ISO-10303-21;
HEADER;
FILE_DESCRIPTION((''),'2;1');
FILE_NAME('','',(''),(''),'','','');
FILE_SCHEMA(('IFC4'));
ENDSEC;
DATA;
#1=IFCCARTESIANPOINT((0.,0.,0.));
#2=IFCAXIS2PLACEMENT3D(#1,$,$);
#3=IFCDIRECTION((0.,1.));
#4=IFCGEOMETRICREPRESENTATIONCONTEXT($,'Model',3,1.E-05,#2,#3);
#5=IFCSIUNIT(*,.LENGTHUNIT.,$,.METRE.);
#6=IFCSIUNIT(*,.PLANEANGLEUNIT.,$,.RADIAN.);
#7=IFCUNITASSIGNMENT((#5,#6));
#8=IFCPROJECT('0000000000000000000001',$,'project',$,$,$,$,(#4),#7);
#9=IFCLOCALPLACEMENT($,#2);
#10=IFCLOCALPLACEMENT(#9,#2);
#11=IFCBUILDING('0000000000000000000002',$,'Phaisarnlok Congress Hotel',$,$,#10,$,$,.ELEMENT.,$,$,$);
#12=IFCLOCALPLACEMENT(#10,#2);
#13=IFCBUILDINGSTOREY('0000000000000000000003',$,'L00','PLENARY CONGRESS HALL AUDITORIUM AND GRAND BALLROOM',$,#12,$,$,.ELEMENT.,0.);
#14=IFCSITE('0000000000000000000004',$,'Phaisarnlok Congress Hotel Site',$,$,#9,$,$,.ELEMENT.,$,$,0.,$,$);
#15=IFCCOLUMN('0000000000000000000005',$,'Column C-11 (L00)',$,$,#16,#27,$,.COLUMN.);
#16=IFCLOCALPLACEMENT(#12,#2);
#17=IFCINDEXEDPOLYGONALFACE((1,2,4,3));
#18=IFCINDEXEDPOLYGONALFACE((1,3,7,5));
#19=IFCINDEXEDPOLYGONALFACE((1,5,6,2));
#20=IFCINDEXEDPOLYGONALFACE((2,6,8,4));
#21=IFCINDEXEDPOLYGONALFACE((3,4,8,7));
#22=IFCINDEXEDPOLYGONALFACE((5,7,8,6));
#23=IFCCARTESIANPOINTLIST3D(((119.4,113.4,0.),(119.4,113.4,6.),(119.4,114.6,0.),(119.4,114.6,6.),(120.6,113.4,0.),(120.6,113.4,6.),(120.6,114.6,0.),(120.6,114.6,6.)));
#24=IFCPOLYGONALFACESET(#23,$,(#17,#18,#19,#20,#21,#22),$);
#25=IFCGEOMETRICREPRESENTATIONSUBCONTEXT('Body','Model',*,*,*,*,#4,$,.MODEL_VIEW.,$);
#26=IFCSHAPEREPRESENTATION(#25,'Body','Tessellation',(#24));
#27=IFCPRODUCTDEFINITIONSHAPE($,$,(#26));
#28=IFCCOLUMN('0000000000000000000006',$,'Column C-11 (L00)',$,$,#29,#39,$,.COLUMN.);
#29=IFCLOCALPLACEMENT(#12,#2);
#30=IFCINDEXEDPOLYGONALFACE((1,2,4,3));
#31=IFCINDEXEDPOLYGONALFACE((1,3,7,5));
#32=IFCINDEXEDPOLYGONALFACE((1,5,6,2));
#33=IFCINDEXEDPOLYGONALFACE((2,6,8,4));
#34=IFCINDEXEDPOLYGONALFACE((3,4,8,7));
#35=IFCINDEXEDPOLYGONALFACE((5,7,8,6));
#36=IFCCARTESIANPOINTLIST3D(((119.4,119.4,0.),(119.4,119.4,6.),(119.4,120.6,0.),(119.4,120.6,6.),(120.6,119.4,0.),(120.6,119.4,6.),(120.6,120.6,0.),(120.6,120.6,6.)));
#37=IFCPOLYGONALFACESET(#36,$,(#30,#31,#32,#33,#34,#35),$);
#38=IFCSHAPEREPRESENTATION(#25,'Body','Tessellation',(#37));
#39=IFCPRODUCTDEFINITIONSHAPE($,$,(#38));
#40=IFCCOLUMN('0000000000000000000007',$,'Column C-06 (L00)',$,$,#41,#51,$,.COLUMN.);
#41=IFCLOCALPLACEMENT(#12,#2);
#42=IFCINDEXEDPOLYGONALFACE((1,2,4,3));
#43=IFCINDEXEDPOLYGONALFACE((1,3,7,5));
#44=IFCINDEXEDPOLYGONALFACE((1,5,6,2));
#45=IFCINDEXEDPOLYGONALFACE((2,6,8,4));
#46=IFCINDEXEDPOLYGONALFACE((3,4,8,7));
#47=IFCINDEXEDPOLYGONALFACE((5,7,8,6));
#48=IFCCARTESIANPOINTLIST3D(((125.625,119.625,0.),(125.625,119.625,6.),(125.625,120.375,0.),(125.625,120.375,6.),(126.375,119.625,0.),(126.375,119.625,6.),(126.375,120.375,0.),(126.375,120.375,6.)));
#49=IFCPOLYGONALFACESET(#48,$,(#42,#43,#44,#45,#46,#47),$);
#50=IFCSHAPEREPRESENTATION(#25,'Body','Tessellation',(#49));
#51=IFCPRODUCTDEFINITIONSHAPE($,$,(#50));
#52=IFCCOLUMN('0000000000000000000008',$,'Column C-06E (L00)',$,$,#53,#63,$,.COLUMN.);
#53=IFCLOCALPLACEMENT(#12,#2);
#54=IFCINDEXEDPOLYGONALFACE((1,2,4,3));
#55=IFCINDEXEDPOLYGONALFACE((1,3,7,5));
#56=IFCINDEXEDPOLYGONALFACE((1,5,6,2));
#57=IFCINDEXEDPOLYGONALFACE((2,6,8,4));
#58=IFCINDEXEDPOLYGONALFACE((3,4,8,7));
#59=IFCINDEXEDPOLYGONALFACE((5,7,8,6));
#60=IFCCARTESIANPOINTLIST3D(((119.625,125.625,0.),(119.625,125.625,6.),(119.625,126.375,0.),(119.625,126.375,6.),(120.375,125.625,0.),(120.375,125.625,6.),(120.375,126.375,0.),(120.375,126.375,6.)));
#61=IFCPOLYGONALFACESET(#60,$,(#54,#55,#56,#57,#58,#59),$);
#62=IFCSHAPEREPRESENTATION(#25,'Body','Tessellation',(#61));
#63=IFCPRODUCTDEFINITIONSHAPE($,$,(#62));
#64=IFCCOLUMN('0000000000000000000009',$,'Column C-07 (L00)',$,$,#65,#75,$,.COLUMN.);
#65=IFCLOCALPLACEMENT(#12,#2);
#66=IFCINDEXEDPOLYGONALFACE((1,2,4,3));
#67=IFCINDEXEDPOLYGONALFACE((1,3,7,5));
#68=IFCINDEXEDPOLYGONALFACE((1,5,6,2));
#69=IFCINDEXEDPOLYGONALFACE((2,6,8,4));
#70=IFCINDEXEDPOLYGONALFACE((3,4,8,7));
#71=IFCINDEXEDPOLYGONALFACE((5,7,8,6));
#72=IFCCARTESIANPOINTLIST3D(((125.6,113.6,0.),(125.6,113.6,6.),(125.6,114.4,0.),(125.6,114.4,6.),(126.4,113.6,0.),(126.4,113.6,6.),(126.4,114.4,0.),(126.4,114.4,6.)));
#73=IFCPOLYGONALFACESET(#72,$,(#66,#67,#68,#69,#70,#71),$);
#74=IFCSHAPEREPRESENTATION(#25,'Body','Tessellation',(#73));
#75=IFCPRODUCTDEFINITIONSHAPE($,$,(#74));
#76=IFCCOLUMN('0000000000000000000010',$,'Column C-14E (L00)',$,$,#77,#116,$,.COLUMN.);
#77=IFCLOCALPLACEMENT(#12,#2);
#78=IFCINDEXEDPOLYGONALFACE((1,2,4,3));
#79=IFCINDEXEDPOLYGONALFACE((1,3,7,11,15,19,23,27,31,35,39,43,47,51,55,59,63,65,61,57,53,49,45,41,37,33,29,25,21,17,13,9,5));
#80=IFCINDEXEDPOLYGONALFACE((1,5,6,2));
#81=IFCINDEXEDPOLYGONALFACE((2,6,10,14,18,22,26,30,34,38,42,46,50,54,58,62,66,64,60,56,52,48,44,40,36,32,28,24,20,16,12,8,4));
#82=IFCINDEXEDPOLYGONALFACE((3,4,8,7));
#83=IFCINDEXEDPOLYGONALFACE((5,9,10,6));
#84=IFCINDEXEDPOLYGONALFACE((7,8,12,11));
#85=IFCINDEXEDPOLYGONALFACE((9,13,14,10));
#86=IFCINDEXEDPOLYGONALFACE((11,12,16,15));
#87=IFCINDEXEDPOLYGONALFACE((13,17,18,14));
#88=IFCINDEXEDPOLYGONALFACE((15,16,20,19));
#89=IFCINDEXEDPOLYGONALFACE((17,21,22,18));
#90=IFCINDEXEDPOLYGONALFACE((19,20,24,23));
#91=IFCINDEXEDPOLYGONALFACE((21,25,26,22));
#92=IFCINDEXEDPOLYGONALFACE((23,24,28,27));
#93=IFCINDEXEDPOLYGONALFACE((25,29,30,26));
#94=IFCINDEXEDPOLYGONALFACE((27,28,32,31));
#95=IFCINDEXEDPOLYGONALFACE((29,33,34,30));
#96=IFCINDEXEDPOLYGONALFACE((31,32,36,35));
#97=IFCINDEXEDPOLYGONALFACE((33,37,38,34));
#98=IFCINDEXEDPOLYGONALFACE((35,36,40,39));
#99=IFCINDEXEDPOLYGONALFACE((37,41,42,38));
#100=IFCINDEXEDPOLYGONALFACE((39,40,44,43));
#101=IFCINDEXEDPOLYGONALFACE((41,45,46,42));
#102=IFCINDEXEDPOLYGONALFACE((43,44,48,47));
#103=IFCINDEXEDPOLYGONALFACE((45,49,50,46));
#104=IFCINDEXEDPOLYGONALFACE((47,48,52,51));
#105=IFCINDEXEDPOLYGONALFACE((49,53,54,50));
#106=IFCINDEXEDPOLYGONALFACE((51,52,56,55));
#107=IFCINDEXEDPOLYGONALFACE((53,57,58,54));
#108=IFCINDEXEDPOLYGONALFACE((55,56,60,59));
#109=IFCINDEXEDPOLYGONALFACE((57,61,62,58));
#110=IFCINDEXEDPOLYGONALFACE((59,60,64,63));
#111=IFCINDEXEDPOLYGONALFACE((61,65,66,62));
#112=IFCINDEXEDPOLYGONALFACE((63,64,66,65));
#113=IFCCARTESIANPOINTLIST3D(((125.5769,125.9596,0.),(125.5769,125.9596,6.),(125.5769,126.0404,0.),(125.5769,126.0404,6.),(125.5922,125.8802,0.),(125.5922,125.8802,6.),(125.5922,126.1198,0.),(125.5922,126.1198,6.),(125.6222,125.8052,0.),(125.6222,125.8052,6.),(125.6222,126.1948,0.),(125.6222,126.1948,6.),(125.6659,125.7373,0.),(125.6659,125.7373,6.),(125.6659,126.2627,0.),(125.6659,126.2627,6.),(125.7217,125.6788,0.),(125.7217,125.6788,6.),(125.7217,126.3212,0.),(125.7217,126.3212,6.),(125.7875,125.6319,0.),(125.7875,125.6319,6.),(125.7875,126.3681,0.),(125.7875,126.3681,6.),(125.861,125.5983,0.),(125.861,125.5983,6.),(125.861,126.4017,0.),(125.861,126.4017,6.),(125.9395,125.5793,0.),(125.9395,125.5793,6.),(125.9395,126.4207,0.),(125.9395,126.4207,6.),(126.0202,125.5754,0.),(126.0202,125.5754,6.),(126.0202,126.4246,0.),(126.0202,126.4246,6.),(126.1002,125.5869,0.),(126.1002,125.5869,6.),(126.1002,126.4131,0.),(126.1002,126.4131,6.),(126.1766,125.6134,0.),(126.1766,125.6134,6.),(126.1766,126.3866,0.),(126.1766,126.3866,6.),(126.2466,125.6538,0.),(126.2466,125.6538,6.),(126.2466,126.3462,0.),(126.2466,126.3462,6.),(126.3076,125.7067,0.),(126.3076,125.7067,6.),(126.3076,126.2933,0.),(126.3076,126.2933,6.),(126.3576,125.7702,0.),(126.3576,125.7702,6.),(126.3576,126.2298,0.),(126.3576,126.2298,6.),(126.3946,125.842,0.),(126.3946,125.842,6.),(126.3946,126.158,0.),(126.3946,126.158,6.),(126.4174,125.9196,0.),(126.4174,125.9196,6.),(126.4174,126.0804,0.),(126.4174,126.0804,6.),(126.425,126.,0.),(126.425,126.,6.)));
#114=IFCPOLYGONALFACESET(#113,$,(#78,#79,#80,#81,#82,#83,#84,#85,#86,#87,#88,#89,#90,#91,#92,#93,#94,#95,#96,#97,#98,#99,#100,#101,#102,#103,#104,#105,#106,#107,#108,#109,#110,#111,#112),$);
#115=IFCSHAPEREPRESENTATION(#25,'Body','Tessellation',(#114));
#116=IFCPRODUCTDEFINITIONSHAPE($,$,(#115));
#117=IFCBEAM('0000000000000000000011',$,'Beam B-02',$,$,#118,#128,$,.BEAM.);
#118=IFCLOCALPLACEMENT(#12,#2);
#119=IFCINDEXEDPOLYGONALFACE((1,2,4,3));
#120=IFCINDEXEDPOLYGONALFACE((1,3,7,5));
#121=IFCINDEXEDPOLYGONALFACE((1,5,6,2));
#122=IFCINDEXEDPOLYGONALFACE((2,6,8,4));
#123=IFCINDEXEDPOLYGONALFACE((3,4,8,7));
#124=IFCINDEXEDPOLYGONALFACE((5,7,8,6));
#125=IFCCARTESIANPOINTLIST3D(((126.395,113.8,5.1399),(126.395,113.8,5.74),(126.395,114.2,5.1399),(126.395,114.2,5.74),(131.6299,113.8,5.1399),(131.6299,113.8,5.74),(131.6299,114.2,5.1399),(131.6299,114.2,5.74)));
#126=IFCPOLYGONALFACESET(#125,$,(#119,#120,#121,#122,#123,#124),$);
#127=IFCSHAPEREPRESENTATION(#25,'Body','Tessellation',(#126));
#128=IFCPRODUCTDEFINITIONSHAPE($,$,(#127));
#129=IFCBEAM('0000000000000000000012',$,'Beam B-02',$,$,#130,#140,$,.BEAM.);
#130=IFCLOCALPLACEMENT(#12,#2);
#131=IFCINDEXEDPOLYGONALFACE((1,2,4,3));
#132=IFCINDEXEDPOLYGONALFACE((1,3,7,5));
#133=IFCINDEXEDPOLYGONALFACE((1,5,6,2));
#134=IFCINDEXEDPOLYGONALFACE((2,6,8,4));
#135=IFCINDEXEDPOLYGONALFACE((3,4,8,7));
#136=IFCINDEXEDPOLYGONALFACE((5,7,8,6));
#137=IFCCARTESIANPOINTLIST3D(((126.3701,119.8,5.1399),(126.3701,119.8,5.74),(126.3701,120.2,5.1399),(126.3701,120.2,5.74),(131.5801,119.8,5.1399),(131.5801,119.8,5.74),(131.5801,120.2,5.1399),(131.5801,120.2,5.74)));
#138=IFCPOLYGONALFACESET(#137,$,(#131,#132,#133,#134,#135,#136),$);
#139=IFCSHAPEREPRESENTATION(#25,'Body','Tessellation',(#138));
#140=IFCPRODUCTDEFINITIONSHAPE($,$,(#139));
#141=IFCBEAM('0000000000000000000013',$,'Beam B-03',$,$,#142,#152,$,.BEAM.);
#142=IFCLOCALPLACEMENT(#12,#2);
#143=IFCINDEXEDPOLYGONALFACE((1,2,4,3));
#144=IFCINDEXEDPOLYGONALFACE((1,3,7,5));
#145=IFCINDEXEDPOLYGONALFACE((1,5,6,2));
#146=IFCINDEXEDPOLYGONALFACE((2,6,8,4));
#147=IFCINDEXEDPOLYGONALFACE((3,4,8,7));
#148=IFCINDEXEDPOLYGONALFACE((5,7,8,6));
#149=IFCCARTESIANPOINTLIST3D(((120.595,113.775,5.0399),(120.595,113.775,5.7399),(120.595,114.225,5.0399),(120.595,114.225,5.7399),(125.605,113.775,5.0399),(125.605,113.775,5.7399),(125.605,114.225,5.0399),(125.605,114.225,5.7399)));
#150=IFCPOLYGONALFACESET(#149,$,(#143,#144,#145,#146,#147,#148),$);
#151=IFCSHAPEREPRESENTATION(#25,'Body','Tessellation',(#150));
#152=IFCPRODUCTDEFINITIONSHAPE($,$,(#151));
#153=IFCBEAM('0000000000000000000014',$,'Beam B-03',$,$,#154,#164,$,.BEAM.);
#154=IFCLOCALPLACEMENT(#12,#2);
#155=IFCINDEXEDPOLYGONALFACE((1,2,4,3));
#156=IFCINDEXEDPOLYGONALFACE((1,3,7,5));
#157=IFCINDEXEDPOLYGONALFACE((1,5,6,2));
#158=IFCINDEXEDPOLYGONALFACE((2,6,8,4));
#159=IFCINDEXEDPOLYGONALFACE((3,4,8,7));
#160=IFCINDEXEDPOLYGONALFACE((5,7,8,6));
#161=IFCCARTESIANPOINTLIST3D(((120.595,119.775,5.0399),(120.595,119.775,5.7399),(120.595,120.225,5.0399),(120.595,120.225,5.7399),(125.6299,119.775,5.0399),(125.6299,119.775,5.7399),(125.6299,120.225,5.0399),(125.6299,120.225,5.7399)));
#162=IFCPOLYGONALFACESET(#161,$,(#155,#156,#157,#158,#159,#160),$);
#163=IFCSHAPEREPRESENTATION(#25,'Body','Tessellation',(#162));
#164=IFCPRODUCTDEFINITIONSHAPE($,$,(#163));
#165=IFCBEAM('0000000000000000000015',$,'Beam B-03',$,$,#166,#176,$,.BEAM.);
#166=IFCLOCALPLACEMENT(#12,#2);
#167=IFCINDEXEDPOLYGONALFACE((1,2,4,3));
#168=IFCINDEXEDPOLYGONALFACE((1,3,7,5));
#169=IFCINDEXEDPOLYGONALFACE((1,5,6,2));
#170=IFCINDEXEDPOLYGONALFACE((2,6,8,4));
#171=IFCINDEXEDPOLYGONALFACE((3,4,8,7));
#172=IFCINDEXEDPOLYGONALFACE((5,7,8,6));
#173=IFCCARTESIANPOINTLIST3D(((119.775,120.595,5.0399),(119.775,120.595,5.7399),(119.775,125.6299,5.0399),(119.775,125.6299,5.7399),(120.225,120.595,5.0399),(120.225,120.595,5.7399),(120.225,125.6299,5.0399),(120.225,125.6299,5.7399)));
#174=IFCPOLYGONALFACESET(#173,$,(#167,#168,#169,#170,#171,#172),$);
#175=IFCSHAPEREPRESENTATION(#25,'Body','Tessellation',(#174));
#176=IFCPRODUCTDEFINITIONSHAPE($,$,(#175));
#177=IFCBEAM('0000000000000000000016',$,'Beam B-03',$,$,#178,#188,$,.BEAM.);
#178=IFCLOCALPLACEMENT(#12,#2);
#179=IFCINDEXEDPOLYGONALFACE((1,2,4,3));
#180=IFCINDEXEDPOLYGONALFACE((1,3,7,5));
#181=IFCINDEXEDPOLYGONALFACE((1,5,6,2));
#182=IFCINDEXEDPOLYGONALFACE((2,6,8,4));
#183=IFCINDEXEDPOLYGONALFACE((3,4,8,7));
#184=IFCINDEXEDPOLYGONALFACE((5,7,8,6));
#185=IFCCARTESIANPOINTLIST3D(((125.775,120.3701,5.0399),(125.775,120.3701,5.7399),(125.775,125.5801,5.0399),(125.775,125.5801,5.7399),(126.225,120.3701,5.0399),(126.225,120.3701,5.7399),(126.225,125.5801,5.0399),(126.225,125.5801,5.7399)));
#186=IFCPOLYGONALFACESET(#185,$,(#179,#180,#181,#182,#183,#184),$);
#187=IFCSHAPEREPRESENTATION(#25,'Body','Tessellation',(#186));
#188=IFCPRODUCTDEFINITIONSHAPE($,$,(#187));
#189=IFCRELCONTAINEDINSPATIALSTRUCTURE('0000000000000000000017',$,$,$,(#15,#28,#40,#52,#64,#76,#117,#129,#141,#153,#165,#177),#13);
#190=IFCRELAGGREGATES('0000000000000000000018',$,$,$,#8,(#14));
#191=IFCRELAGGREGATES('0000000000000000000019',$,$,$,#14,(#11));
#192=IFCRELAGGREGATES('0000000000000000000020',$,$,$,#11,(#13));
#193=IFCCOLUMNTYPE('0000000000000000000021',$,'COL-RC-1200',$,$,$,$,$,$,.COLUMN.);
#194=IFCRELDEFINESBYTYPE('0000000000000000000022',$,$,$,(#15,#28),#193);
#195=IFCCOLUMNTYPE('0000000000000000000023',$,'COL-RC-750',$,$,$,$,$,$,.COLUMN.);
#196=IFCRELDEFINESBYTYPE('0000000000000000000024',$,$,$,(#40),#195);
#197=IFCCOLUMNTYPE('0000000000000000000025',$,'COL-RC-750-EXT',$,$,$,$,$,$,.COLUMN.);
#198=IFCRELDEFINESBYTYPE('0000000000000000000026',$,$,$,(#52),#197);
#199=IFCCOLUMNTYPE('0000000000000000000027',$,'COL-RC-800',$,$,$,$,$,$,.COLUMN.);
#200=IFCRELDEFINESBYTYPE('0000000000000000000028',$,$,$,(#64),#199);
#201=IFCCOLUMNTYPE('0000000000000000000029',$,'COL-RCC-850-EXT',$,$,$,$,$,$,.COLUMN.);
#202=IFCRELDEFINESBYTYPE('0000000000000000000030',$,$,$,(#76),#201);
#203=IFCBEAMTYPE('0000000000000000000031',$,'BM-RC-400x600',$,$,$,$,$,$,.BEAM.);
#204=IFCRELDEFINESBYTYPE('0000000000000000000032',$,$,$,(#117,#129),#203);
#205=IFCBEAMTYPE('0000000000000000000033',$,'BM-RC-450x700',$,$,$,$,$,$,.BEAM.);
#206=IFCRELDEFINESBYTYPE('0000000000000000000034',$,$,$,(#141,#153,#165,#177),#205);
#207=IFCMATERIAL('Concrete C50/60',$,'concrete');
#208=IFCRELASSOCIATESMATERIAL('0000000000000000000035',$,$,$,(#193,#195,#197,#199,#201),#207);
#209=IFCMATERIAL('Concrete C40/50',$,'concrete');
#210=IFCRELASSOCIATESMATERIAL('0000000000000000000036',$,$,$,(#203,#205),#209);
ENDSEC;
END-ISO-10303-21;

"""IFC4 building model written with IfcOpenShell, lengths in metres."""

from ifc_helpers import new_model, si_unit, direction, frame, origin, origin_2d, place, context, subcontext, project, spatial, rectangle, circle, extrude, material, material_profile, profile_set, type_object, element, save


model = new_model("IFC4")

# Units and contexts
model_context = context("Model", 3, precision=1e-05, world=origin(), true_north=direction((0.0, 1.0)))
body_context = subcontext(model_context, "Body", "Model", "MODEL_VIEW")
ifc_project = project(units=[si_unit("LENGTHUNIT", "METRE"), si_unit("PLANEANGLEUNIT", "RADIAN")], contexts=[model_context])

# Site, building, storey
site_placement = place(None, origin())
site = spatial("IfcSite", under=ifc_project, at=site_placement, Name="Phaisarnlok Congress Hotel Site", CompositionType="ELEMENT", RefElevation=0.0)
building_placement = place(site_placement, origin())
building = spatial("IfcBuilding", under=site, at=building_placement, Name="Phaisarnlok Congress Hotel", CompositionType="ELEMENT")
storey_placement = place(building_placement, origin())
storey = spatial("IfcBuildingStorey", under=building, at=storey_placement, Name="L00", Description="PLENARY CONGRESS HALL AUDITORIUM AND GRAND BALLROOM", CompositionType="ELEMENT", Elevation=0.0)

# Columns
ifc_material_1 = material(Name="Concrete C50/60", Category="concrete")
ifc_material_profile_1 = material_profile(ifc_material_1, rectangle(XDim=1.2, YDim=1.2, at=origin_2d()), Name="RC 1200x1200")
ifc_profile_set_1 = profile_set([ifc_material_profile_1], Name="Concrete C50/60")
column_type_1 = type_object("IfcColumnType", Name="COL-RC-1200", PredefinedType="COLUMN", material=ifc_profile_set_1)
for number, where, z_axis, x_axis, name in (
    (1, (120.0, 114.0, 0.0), (0.0, 0.0, 1.0), (1.0, 0.0, 0.0), "Column C-11 (L00)"),
    (2, (120.0, 120.0, 0.0), (0.0, 0.0, 1.0), (1.0, 0.0, 0.0), "Column C-11 (L00)"),
):
    element("IfcColumn", number, at=place(storey_placement, frame(where, z_axis=z_axis, x_axis=x_axis)), inside=storey, type_object=column_type_1, Name=name, PredefinedType="COLUMN", context=body_context, shape_type="SweptSolid", body=[
        extrude(rectangle(XDim=1.2, YDim=1.2, at=origin_2d()), origin(), (0.0, 0.0, 1.0), 6.0),
    ])
ifc_material_profile_2 = material_profile(ifc_material_1, rectangle(XDim=0.75, YDim=0.75, at=origin_2d()), Name="RC 750x750")
ifc_profile_set_2 = profile_set([ifc_material_profile_2], Name="Concrete C50/60")
column_type_2 = type_object("IfcColumnType", Name="COL-RC-750", PredefinedType="COLUMN", material=ifc_profile_set_2)
column_1_placement = place(storey_placement, frame((126.0, 120.0, 0.0), z_axis=(0.0, 0.0, 1.0), x_axis=(1.0, 0.0, 0.0)))
element("IfcColumn", 3, at=column_1_placement, inside=storey, type_object=column_type_2, Name="Column C-06 (L00)", PredefinedType="COLUMN", context=body_context, shape_type="SweptSolid", body=[
    extrude(rectangle(XDim=0.75, YDim=0.75, at=origin_2d()), origin(), (0.0, 0.0, 1.0), 6.0),
])
ifc_material_profile_3 = material_profile(ifc_material_1, rectangle(XDim=0.75, YDim=0.75, at=origin_2d()), Name="RC 750x750")
ifc_profile_set_3 = profile_set([ifc_material_profile_3], Name="Concrete C50/60")
column_type_3 = type_object("IfcColumnType", Name="COL-RC-750-EXT", PredefinedType="COLUMN", material=ifc_profile_set_3)
column_2_placement = place(storey_placement, frame((120.0, 126.0, 0.0), z_axis=(0.0, 0.0, 1.0), x_axis=(1.0, 0.0, 0.0)))
element("IfcColumn", 4, at=column_2_placement, inside=storey, type_object=column_type_3, Name="Column C-06E (L00)", PredefinedType="COLUMN", context=body_context, shape_type="SweptSolid", body=[
    extrude(rectangle(XDim=0.75, YDim=0.75, at=origin_2d()), origin(), (0.0, 0.0, 1.0), 6.0),
])
ifc_material_profile_4 = material_profile(ifc_material_1, rectangle(XDim=0.8, YDim=0.8, at=origin_2d()), Name="RC 800x800")
ifc_profile_set_4 = profile_set([ifc_material_profile_4], Name="Concrete C50/60")
column_type_4 = type_object("IfcColumnType", Name="COL-RC-800", PredefinedType="COLUMN", material=ifc_profile_set_4)
column_3_placement = place(storey_placement, frame((126.0, 114.0, 0.0), z_axis=(0.0, 0.0, 1.0), x_axis=(1.0, 0.0, 0.0)))
element("IfcColumn", 5, at=column_3_placement, inside=storey, type_object=column_type_4, Name="Column C-07 (L00)", PredefinedType="COLUMN", context=body_context, shape_type="SweptSolid", body=[
    extrude(rectangle(XDim=0.8, YDim=0.8, at=origin_2d()), origin(), (0.0, 0.0, 1.0), 6.0),
])
ifc_material_profile_5 = material_profile(ifc_material_1, circle(Radius=0.425, at=origin_2d()), Name="RCC D850")
ifc_profile_set_5 = profile_set([ifc_material_profile_5], Name="Concrete C50/60")
column_type_5 = type_object("IfcColumnType", Name="COL-RCC-850-EXT", PredefinedType="COLUMN", material=ifc_profile_set_5)
column_4_placement = place(storey_placement, frame((126.0, 126.0, 0.0), z_axis=(0.0, 0.0, 1.0), x_axis=(1.0, 0.0, 0.0)))
element("IfcColumn", 6, at=column_4_placement, inside=storey, type_object=column_type_5, Name="Column C-14E (L00)", PredefinedType="COLUMN", context=body_context, shape_type="SweptSolid", body=[
    extrude(circle(Radius=0.425, at=origin_2d()), origin(), (0.0, 0.0, 1.0), 6.0),
])

# Beams
ifc_material_2 = material(Name="Concrete C40/50", Category="concrete")
ifc_material_profile_6 = material_profile(ifc_material_2, rectangle(XDim=0.3999, YDim=0.6001, at=origin_2d()), Name="RC 400x600")
ifc_profile_set_6 = profile_set([ifc_material_profile_6], Name="Concrete C40/50")
beam_type_1 = type_object("IfcBeamType", Name="BM-RC-400x600", PredefinedType="BEAM", material=ifc_profile_set_6)
beam_1_placement = place(storey_placement, frame((126.395, 114.0, 5.4399), z_axis=(1.0, 0.0, 0.0), x_axis=(0.0, 1.0, 0.0)))
element("IfcBeam", 7, at=beam_1_placement, inside=storey, type_object=beam_type_1, Name="Beam B-02", PredefinedType="BEAM", context=body_context, shape_type="SweptSolid", body=[
    extrude(rectangle(XDim=0.3999, YDim=0.6001, at=origin_2d()), origin(), (0.0, 0.0, 1.0), 5.2349),
])
beam_2_placement = place(storey_placement, frame((126.3701, 120.0, 5.4399), z_axis=(1.0, 0.0, 0.0), x_axis=(0.0, 1.0, 0.0)))
element("IfcBeam", 8, at=beam_2_placement, inside=storey, type_object=beam_type_1, Name="Beam B-02", PredefinedType="BEAM", context=body_context, shape_type="SweptSolid", body=[
    extrude(rectangle(XDim=0.3999, YDim=0.6001, at=origin_2d()), origin(), (0.0, 0.0, 1.0), 5.21),
])
ifc_material_profile_7 = material_profile(ifc_material_2, rectangle(XDim=0.45, YDim=0.7, at=origin_2d()), Name="RC 450x700")
ifc_profile_set_7 = profile_set([ifc_material_profile_7], Name="Concrete C40/50")
beam_type_2 = type_object("IfcBeamType", Name="BM-RC-450x700", PredefinedType="BEAM", material=ifc_profile_set_7)
beam_3_placement = place(storey_placement, frame((120.595, 114.0, 5.3899), z_axis=(1.0, 0.0, 0.0), x_axis=(0.0, 1.0, 0.0)))
element("IfcBeam", 9, at=beam_3_placement, inside=storey, type_object=beam_type_2, Name="Beam B-03", PredefinedType="BEAM", context=body_context, shape_type="SweptSolid", body=[
    extrude(rectangle(XDim=0.45, YDim=0.7, at=origin_2d()), origin(), (0.0, 0.0, 1.0), 5.01),
])
for number, where, z_axis, x_axis, name in (
    (10, (120.595, 120.0, 5.3899), (1.0, 0.0, 0.0), (0.0, 1.0, 0.0), "Beam B-03"),
    (11, (120.0, 120.595, 5.3899), (0.0, 1.0, 0.0), (-1.0, 0.0, 0.0), "Beam B-03"),
):
    element("IfcBeam", number, at=place(storey_placement, frame(where, z_axis=z_axis, x_axis=x_axis)), inside=storey, type_object=beam_type_2, Name=name, PredefinedType="BEAM", context=body_context, shape_type="SweptSolid", body=[
        extrude(rectangle(XDim=0.45, YDim=0.7, at=origin_2d()), origin(), (0.0, 0.0, 1.0), 5.0349),
    ])
beam_4_placement = place(storey_placement, frame((126.0, 120.3701, 5.3899), z_axis=(0.0, 1.0, 0.0), x_axis=(-1.0, 0.0, 0.0)))
element("IfcBeam", 12, at=beam_4_placement, inside=storey, type_object=beam_type_2, Name="Beam B-03", PredefinedType="BEAM", context=body_context, shape_type="SweptSolid", body=[
    extrude(rectangle(XDim=0.45, YDim=0.7, at=origin_2d()), origin(), (0.0, 0.0, 1.0), 5.21),
])

save(model, "model.ifc")
